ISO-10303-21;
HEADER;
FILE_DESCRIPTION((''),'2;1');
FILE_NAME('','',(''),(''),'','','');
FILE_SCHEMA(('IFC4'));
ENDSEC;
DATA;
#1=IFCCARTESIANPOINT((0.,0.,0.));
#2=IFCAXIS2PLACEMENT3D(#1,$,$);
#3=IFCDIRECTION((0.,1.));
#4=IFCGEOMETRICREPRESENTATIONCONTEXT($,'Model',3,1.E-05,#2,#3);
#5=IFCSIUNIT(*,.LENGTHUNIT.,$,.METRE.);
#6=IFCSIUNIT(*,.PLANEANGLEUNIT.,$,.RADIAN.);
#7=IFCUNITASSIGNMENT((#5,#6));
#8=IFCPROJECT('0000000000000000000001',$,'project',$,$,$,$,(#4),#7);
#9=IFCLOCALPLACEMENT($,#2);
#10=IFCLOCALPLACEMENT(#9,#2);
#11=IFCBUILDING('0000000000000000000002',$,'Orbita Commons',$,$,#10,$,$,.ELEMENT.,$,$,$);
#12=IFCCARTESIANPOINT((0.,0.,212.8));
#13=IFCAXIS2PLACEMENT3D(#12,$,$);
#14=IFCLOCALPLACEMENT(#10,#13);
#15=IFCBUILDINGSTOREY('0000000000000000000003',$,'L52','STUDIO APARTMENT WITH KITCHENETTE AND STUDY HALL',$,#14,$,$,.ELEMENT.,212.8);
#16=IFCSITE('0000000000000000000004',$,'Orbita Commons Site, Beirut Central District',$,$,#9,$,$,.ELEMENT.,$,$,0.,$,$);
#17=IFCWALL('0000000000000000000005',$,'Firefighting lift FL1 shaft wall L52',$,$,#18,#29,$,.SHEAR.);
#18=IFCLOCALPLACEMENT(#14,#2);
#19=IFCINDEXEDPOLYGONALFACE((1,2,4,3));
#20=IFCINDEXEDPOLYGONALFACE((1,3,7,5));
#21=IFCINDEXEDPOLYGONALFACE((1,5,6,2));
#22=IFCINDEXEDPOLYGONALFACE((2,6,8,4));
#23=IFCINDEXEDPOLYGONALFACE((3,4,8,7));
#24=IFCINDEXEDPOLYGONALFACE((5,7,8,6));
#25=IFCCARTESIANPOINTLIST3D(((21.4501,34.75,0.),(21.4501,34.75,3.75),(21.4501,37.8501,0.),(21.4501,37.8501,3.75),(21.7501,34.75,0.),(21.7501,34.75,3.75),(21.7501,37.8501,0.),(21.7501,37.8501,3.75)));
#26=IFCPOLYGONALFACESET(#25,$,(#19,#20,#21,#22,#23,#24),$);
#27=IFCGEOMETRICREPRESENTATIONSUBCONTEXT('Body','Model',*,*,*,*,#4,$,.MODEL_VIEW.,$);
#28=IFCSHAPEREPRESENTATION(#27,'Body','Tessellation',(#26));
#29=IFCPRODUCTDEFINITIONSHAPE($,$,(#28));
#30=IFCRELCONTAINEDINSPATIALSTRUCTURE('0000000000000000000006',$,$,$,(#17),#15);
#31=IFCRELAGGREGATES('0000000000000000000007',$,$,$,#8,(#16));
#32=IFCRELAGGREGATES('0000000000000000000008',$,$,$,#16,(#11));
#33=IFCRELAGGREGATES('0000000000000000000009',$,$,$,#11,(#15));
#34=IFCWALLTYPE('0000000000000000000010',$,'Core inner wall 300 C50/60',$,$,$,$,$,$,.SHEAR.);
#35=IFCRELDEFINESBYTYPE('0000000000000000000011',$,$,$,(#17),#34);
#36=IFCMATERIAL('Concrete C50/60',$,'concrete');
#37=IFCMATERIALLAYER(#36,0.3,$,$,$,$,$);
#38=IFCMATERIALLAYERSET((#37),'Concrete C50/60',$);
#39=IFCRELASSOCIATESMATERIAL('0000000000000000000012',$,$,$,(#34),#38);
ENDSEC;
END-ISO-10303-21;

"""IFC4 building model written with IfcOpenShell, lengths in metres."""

from ifc_helpers import new_model, si_unit, direction, frame, frame_2d, origin, place, context, subcontext, project, spatial, rectangle, extrude, material, layer, layer_set, type_object, element, save


model = new_model("IFC4")

# Units and contexts
model_context = context("Model", 3, precision=1e-05, world=origin(), true_north=direction((0.0, 1.0)))
body_context = subcontext(model_context, "Body", "Model", "MODEL_VIEW")
ifc_project = project(units=[si_unit("LENGTHUNIT", "METRE"), si_unit("PLANEANGLEUNIT", "RADIAN")], contexts=[model_context])

# Site, building, storey
site_placement = place(None, origin())
site = spatial("IfcSite", under=ifc_project, at=site_placement, Name="Orbita Commons Site, Beirut Central District", CompositionType="ELEMENT", RefElevation=0.0)
building_placement = place(site_placement, origin())
building = spatial("IfcBuilding", under=site, at=building_placement, Name="Orbita Commons", CompositionType="ELEMENT")
storey_placement = place(building_placement, frame((0.0, 0.0, 212.8)))
storey = spatial("IfcBuildingStorey", under=building, at=storey_placement, Name="L52", Description="STUDIO APARTMENT WITH KITCHENETTE AND STUDY HALL", CompositionType="ELEMENT", Elevation=212.8)

# Shared definitions
ifc_material_1 = material(Name="Concrete C50/60", Category="concrete")
ifc_layer = layer(ifc_material_1, 0.3)
ifc_layer_set = layer_set([ifc_layer], Name="Concrete C50/60")
wall_type = type_object("IfcWallType", Name="Core inner wall 300 C50/60", PredefinedType="SHEAR", material=ifc_layer_set)

# Wall
wall_1_placement = place(storey_placement, frame((21.6001, 34.75, 0.0), z_axis=(0.0, 0.0, 1.0), x_axis=(0.0, 1.0, 0.0)))
element("IfcWall", 1, at=wall_1_placement, inside=storey, type_object=wall_type, Name="Firefighting lift FL1 shaft wall L52", PredefinedType="SHEAR", context=body_context, shape_type="SweptSolid", body=[
    extrude(rectangle(XDim=3.1001, YDim=0.3, at=frame_2d((1.55, 0.0))), origin(), (0.0, 0.0, 1.0), 3.75),
])

save(model, "model.ifc")
